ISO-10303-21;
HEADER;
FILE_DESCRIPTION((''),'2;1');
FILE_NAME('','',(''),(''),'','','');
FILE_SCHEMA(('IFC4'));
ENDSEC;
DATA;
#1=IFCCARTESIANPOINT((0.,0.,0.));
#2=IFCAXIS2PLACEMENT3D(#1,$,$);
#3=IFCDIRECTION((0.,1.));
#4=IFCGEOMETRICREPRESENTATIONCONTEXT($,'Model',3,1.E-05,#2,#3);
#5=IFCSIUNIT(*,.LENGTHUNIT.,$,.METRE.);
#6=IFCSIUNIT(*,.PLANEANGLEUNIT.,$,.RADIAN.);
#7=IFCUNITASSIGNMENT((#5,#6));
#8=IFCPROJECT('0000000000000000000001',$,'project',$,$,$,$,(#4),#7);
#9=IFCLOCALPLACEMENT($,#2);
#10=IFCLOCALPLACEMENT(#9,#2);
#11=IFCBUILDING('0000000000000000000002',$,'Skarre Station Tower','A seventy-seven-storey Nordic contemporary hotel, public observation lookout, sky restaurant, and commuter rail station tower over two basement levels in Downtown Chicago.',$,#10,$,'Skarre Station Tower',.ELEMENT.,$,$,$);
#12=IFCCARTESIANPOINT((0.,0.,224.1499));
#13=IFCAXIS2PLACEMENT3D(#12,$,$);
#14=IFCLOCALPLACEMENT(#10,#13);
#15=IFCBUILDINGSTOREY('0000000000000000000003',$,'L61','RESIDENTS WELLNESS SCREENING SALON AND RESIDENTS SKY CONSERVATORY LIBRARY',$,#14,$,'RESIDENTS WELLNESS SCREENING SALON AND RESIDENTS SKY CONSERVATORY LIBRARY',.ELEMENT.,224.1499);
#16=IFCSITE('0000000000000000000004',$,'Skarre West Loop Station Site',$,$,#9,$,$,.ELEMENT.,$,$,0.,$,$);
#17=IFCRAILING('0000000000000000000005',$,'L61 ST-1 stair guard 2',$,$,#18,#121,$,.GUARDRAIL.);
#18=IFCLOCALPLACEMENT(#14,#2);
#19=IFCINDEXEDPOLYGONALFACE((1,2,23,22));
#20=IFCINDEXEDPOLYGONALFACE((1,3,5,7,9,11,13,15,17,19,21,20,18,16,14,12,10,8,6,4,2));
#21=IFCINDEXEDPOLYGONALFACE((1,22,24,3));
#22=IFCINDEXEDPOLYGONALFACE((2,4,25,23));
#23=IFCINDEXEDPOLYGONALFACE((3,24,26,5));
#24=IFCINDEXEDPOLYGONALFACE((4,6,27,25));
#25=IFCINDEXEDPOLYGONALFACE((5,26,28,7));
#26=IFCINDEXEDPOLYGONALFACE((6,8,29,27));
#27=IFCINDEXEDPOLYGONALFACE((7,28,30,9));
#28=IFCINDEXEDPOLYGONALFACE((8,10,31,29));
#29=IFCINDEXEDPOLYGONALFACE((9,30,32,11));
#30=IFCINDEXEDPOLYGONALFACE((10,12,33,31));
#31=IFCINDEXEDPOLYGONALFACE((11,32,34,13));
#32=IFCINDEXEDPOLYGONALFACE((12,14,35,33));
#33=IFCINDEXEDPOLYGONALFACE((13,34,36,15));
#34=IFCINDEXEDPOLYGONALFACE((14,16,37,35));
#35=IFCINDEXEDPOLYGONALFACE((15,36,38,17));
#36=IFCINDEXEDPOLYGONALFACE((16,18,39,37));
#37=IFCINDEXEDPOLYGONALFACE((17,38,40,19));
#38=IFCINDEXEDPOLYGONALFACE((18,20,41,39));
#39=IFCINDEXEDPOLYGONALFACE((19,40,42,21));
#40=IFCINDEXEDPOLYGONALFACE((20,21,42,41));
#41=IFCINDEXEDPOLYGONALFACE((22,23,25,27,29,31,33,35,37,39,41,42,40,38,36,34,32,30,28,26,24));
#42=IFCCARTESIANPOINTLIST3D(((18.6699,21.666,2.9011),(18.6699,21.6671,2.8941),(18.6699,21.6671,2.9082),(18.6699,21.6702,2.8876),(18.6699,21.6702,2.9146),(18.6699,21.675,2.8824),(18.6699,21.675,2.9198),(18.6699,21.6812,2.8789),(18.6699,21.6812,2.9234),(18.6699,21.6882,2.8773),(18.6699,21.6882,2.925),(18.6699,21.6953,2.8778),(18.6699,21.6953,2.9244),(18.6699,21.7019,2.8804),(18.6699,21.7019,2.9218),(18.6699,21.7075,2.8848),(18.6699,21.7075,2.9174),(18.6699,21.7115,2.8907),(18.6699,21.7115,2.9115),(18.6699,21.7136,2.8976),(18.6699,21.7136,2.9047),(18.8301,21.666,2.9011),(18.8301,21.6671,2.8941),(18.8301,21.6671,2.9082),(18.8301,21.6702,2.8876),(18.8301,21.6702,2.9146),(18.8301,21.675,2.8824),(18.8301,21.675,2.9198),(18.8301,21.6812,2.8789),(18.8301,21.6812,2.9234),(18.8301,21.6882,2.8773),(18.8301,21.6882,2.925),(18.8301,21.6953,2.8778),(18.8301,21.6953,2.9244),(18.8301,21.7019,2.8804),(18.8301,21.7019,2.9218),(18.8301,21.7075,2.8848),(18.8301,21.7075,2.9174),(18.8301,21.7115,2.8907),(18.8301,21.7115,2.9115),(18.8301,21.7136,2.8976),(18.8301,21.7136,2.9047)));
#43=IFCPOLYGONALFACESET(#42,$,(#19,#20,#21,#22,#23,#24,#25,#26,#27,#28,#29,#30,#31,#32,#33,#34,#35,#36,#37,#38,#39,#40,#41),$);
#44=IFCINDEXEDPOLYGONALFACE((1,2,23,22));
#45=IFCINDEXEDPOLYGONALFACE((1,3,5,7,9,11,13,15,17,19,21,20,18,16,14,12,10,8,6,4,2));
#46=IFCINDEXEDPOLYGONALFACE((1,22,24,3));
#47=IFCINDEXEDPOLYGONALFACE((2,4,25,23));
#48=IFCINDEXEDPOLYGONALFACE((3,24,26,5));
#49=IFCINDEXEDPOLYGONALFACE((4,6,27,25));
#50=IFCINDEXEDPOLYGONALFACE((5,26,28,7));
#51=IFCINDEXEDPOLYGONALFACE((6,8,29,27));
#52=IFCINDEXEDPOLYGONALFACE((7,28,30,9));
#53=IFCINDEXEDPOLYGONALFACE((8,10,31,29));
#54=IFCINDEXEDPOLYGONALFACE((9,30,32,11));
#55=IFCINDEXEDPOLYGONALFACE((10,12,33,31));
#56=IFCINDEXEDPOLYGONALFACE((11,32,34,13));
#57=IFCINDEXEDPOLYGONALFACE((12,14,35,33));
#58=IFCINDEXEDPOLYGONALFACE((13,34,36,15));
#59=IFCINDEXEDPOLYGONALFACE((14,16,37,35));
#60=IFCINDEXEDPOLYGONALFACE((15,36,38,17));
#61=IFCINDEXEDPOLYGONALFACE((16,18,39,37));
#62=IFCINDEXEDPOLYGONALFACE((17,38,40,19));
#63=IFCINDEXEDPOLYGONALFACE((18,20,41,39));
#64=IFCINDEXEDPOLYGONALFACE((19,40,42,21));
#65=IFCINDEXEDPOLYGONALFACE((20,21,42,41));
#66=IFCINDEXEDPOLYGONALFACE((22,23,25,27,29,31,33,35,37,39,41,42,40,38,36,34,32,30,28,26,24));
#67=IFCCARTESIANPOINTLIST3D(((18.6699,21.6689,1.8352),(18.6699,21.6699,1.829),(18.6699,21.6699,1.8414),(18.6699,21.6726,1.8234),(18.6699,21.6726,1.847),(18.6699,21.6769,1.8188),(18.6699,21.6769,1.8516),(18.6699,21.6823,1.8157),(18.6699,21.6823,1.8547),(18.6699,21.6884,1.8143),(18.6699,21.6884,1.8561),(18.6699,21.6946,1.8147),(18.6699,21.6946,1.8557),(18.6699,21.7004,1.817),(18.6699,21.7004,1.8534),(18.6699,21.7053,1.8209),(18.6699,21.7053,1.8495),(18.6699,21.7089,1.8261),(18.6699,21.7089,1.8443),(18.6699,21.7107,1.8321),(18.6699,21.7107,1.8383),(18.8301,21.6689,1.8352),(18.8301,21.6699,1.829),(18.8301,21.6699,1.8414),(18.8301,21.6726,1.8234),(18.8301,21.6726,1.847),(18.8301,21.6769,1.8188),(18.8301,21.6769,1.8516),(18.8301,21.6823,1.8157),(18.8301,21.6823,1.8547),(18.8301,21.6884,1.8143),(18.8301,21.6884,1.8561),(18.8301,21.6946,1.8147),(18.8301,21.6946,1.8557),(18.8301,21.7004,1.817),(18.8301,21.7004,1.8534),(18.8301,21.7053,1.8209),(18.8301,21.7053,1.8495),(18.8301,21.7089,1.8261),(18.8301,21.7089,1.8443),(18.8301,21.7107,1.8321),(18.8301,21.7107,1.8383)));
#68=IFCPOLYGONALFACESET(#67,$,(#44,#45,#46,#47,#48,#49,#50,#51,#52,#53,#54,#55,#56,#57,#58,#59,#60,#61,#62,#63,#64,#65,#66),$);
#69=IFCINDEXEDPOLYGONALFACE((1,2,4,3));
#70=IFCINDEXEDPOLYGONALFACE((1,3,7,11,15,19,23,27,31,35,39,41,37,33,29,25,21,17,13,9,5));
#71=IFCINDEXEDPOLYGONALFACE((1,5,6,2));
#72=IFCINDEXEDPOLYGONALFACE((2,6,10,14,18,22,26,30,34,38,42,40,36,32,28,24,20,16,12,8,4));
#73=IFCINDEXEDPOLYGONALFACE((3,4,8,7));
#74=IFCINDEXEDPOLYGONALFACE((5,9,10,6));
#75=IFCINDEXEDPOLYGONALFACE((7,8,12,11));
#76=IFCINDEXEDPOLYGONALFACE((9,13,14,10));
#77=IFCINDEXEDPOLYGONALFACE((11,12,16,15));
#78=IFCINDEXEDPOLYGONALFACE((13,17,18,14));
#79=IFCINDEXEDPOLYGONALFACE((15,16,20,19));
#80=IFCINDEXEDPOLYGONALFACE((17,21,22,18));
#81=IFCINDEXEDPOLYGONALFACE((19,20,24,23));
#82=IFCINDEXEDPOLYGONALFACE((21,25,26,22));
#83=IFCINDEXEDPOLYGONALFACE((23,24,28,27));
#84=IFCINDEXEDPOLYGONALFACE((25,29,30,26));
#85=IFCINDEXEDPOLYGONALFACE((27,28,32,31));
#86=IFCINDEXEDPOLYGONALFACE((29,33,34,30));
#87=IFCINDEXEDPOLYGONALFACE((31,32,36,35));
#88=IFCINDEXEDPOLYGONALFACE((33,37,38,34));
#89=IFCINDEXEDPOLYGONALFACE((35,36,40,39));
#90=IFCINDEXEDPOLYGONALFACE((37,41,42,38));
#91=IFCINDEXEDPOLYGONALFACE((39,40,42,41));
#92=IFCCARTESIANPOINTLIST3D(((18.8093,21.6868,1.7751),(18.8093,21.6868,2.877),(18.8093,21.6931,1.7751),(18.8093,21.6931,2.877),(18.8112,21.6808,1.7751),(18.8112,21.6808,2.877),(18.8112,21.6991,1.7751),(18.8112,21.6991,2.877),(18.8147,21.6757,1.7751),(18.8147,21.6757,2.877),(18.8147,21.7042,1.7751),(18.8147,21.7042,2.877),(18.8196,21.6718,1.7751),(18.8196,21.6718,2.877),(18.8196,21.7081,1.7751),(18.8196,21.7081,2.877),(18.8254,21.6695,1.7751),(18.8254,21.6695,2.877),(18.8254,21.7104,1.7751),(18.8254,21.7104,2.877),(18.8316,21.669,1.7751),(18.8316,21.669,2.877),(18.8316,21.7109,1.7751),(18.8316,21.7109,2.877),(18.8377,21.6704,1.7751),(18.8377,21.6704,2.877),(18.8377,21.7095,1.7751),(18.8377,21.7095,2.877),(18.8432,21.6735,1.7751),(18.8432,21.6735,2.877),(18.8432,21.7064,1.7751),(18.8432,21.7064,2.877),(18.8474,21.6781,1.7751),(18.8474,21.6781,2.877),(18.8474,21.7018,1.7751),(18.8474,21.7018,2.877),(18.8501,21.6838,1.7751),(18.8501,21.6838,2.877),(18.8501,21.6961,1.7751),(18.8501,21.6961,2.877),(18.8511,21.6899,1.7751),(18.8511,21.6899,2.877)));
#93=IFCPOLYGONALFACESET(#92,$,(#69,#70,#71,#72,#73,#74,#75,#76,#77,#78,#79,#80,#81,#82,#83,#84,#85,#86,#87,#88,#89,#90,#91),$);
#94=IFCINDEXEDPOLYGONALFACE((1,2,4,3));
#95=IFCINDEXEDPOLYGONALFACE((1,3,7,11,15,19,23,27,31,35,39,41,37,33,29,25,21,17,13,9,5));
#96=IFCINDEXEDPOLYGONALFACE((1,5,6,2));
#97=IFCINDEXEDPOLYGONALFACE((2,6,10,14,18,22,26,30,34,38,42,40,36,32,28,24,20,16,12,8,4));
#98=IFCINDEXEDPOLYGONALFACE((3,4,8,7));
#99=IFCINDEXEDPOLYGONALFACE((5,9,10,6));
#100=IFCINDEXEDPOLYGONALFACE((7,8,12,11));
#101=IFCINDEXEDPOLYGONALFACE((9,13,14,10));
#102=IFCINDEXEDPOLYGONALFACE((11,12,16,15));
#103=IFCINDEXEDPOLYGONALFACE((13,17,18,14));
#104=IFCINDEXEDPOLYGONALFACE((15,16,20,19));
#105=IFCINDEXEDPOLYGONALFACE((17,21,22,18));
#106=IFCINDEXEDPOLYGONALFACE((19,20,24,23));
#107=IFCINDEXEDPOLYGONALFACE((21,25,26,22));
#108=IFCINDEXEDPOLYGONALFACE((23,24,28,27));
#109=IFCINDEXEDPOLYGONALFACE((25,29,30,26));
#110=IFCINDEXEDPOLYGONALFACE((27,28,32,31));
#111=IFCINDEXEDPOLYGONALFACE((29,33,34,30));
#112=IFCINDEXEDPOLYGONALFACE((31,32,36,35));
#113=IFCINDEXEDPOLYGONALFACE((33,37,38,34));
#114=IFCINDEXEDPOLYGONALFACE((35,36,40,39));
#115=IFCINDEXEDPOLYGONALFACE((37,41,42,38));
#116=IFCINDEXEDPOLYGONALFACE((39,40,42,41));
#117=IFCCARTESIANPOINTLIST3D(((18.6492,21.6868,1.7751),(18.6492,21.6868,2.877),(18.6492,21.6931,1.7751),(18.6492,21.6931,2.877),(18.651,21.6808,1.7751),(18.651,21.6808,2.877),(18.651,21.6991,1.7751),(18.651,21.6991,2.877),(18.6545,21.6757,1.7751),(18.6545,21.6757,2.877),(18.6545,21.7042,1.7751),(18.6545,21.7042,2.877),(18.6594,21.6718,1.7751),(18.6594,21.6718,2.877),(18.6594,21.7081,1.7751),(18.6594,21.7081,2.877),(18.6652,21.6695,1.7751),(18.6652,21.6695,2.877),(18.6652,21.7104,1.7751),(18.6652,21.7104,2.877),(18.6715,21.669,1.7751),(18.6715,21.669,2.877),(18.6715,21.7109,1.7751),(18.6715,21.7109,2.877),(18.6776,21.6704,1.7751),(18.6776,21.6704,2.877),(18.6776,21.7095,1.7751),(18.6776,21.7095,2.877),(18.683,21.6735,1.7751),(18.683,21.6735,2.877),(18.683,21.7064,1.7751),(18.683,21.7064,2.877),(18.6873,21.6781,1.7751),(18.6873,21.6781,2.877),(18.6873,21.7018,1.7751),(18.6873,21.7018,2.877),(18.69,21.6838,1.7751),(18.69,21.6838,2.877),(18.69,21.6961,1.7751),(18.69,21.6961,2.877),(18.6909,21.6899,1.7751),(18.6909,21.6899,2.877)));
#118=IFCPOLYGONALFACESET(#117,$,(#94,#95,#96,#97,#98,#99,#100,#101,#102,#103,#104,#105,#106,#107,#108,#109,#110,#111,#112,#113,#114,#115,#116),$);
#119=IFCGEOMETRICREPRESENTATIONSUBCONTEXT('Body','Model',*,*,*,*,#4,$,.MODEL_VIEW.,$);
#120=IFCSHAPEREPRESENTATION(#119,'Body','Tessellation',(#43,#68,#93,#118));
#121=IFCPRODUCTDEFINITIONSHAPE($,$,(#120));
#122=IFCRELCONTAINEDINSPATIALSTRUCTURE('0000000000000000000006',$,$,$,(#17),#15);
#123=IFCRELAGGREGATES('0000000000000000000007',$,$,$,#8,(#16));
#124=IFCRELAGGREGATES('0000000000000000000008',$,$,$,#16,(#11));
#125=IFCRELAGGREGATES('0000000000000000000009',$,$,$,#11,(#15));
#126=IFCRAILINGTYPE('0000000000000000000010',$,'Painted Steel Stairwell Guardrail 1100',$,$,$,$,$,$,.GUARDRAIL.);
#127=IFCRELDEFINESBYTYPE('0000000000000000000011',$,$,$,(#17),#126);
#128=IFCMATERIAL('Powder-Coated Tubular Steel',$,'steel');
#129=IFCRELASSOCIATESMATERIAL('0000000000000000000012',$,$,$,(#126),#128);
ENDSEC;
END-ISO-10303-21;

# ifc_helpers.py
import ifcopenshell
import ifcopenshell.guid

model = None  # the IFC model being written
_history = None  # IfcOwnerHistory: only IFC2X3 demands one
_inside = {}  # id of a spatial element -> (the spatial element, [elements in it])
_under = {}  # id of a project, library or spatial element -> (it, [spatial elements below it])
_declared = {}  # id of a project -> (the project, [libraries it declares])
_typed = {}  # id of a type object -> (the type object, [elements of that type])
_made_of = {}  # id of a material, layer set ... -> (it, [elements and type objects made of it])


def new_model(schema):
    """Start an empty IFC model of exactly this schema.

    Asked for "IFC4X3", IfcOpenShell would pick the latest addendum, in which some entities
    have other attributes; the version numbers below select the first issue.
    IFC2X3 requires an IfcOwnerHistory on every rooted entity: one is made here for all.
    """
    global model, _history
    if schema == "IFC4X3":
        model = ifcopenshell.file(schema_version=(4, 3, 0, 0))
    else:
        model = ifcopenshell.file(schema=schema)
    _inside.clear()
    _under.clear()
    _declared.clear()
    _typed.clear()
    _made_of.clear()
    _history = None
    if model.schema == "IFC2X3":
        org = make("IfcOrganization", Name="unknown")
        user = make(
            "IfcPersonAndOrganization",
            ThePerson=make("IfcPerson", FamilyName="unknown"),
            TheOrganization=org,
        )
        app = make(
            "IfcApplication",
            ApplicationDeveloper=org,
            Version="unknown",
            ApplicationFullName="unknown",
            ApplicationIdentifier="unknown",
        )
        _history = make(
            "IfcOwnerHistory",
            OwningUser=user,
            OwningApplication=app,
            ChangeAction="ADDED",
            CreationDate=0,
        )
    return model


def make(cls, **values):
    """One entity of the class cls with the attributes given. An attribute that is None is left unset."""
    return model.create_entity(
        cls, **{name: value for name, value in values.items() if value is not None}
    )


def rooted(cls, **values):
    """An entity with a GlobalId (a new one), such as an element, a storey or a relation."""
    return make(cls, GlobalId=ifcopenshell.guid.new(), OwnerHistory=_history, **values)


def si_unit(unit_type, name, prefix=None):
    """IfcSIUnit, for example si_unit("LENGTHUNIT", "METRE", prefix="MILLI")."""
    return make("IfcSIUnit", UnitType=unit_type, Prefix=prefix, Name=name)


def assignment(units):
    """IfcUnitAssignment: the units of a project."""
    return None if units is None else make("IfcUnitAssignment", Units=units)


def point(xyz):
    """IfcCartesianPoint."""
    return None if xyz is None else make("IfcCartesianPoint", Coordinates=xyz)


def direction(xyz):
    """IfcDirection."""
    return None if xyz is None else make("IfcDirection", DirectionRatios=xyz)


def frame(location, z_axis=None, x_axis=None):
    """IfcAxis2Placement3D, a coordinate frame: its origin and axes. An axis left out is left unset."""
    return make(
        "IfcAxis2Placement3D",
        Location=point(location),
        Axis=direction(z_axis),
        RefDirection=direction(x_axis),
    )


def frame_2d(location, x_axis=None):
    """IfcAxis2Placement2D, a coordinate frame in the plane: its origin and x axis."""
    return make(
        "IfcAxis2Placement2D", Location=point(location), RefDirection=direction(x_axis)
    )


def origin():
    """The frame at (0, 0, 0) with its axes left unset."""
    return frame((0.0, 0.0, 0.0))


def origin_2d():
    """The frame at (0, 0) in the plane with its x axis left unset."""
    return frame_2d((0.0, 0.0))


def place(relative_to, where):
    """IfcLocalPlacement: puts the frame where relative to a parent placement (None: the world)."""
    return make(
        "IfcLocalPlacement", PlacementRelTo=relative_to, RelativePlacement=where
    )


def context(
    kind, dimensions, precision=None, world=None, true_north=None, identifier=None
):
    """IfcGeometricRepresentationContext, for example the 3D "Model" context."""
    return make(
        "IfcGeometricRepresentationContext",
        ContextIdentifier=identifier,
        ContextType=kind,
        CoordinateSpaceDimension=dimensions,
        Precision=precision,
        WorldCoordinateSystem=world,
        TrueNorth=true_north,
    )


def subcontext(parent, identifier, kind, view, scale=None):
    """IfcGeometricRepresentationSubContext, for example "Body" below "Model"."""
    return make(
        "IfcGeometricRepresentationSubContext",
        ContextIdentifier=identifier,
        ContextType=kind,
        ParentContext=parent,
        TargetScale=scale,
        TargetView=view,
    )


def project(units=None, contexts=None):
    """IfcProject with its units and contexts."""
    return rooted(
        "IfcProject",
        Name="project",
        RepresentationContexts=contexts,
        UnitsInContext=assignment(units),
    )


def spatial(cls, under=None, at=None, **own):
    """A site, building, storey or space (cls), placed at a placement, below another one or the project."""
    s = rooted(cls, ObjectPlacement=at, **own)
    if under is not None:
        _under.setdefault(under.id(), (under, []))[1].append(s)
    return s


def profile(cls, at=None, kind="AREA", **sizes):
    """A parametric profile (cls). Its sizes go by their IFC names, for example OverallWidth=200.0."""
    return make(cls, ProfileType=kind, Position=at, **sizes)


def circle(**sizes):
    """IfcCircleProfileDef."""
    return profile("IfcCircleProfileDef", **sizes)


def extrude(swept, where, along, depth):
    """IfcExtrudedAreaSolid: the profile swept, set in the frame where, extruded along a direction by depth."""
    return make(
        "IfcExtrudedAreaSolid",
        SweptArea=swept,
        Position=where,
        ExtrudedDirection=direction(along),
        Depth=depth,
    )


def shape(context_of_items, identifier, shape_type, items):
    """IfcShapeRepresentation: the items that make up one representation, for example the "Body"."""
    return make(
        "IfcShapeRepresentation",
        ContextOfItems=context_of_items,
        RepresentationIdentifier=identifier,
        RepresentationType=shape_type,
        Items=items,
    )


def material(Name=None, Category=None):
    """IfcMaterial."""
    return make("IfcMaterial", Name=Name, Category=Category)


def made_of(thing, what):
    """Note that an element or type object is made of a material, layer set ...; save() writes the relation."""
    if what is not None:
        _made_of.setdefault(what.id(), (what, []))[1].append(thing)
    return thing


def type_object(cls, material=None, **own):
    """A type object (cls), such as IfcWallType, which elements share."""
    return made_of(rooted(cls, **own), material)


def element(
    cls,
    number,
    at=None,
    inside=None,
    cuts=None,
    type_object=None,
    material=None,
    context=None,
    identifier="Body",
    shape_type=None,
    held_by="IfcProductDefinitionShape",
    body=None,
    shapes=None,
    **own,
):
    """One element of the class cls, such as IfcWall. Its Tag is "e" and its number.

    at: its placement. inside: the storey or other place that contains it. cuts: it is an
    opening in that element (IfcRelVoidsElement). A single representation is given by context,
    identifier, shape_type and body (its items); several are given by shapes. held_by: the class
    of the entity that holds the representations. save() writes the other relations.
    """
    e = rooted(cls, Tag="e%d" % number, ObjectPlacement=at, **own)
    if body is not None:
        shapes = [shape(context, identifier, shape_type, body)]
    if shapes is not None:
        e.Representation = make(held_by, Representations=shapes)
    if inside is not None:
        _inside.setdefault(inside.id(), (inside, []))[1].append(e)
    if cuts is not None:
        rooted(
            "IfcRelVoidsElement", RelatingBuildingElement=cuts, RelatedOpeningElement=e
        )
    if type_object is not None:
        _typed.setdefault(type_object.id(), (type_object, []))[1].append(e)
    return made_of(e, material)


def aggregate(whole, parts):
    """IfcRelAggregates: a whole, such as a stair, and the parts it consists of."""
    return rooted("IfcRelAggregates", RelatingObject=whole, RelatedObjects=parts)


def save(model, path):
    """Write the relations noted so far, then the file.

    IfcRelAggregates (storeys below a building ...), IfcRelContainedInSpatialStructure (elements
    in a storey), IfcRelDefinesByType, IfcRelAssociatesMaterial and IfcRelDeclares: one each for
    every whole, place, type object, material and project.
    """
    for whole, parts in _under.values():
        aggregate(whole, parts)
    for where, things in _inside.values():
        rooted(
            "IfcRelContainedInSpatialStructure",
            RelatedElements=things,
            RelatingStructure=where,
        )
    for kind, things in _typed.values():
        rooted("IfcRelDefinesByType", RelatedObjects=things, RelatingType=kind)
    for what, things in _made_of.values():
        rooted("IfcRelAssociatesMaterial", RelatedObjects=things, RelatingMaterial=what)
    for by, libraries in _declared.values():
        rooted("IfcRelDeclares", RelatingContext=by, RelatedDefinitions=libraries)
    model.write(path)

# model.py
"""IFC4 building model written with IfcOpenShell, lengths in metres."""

from ifc_helpers import new_model, si_unit, direction, frame, origin, origin_2d, place, context, subcontext, project, spatial, circle, extrude, material, type_object, element, save


model = new_model("IFC4")

# Units and contexts
model_context = context("Model", 3, precision=1e-05, world=origin(), true_north=direction((0.0, 1.0)))
body_context = subcontext(model_context, "Body", "Model", "MODEL_VIEW")
ifc_project = project(units=[si_unit("LENGTHUNIT", "METRE"), si_unit("PLANEANGLEUNIT", "RADIAN")], contexts=[model_context])

# Site, building, storey
site_placement = place(None, origin())
site = spatial("IfcSite", under=ifc_project, at=site_placement, Name="Skarre West Loop Station Site", CompositionType="ELEMENT", RefElevation=0.0)
building_placement = place(site_placement, origin())
building = spatial("IfcBuilding", under=site, at=building_placement, Name="Skarre Station Tower", Description="A seventy-seven-storey Nordic contemporary hotel, public observation lookout, sky restaurant, and commuter rail station tower over two basement levels in Downtown Chicago.", LongName="Skarre Station Tower", CompositionType="ELEMENT")
storey_placement = place(building_placement, frame((0.0, 0.0, 224.1499)))
storey = spatial("IfcBuildingStorey", under=building, at=storey_placement, Name="L61", Description="RESIDENTS WELLNESS SCREENING SALON AND RESIDENTS SKY CONSERVATORY LIBRARY", LongName="RESIDENTS WELLNESS SCREENING SALON AND RESIDENTS SKY CONSERVATORY LIBRARY", CompositionType="ELEMENT", Elevation=224.1499)

# Railing
ifc_material_1 = material(Name="Powder-Coated Tubular Steel", Category="steel")
railing_type_1 = type_object("IfcRailingType", Name="Painted Steel Stairwell Guardrail 1100", PredefinedType="GUARDRAIL", material=ifc_material_1)
railing_1_placement = place(storey_placement, frame((18.8301, 21.6899, 1.7751)))
element("IfcRailing", 1, at=railing_1_placement, inside=storey, type_object=railing_type_1, Name="L61 ST-1 stair guard 2", PredefinedType="GUARDRAIL", context=body_context, shape_type="SweptSolid", body=[
    extrude(circle(Radius=0.0239, at=origin_2d()), frame((0.0, 0.0, 1.126), z_axis=(-1.0, 0.0, 0.0), x_axis=(0.0, -1.0, 0.0)), (0.0, 0.0, 1.0), 0.1602),
    extrude(circle(Radius=0.021, at=origin_2d()), frame((0.0, 0.0, 0.0601), z_axis=(-1.0, 0.0, 0.0), x_axis=(0.0, -1.0, 0.0)), (0.0, 0.0, 1.0), 0.1602),
    extrude(circle(Radius=0.021, at=origin_2d()), origin(), (0.0, 0.0, 1.0), 1.1018),
    extrude(circle(Radius=0.021, at=origin_2d()), frame((-0.1602, 0.0, 0.0)), (0.0, 0.0, 1.0), 1.1018),
])

save(model, "model.ifc")
